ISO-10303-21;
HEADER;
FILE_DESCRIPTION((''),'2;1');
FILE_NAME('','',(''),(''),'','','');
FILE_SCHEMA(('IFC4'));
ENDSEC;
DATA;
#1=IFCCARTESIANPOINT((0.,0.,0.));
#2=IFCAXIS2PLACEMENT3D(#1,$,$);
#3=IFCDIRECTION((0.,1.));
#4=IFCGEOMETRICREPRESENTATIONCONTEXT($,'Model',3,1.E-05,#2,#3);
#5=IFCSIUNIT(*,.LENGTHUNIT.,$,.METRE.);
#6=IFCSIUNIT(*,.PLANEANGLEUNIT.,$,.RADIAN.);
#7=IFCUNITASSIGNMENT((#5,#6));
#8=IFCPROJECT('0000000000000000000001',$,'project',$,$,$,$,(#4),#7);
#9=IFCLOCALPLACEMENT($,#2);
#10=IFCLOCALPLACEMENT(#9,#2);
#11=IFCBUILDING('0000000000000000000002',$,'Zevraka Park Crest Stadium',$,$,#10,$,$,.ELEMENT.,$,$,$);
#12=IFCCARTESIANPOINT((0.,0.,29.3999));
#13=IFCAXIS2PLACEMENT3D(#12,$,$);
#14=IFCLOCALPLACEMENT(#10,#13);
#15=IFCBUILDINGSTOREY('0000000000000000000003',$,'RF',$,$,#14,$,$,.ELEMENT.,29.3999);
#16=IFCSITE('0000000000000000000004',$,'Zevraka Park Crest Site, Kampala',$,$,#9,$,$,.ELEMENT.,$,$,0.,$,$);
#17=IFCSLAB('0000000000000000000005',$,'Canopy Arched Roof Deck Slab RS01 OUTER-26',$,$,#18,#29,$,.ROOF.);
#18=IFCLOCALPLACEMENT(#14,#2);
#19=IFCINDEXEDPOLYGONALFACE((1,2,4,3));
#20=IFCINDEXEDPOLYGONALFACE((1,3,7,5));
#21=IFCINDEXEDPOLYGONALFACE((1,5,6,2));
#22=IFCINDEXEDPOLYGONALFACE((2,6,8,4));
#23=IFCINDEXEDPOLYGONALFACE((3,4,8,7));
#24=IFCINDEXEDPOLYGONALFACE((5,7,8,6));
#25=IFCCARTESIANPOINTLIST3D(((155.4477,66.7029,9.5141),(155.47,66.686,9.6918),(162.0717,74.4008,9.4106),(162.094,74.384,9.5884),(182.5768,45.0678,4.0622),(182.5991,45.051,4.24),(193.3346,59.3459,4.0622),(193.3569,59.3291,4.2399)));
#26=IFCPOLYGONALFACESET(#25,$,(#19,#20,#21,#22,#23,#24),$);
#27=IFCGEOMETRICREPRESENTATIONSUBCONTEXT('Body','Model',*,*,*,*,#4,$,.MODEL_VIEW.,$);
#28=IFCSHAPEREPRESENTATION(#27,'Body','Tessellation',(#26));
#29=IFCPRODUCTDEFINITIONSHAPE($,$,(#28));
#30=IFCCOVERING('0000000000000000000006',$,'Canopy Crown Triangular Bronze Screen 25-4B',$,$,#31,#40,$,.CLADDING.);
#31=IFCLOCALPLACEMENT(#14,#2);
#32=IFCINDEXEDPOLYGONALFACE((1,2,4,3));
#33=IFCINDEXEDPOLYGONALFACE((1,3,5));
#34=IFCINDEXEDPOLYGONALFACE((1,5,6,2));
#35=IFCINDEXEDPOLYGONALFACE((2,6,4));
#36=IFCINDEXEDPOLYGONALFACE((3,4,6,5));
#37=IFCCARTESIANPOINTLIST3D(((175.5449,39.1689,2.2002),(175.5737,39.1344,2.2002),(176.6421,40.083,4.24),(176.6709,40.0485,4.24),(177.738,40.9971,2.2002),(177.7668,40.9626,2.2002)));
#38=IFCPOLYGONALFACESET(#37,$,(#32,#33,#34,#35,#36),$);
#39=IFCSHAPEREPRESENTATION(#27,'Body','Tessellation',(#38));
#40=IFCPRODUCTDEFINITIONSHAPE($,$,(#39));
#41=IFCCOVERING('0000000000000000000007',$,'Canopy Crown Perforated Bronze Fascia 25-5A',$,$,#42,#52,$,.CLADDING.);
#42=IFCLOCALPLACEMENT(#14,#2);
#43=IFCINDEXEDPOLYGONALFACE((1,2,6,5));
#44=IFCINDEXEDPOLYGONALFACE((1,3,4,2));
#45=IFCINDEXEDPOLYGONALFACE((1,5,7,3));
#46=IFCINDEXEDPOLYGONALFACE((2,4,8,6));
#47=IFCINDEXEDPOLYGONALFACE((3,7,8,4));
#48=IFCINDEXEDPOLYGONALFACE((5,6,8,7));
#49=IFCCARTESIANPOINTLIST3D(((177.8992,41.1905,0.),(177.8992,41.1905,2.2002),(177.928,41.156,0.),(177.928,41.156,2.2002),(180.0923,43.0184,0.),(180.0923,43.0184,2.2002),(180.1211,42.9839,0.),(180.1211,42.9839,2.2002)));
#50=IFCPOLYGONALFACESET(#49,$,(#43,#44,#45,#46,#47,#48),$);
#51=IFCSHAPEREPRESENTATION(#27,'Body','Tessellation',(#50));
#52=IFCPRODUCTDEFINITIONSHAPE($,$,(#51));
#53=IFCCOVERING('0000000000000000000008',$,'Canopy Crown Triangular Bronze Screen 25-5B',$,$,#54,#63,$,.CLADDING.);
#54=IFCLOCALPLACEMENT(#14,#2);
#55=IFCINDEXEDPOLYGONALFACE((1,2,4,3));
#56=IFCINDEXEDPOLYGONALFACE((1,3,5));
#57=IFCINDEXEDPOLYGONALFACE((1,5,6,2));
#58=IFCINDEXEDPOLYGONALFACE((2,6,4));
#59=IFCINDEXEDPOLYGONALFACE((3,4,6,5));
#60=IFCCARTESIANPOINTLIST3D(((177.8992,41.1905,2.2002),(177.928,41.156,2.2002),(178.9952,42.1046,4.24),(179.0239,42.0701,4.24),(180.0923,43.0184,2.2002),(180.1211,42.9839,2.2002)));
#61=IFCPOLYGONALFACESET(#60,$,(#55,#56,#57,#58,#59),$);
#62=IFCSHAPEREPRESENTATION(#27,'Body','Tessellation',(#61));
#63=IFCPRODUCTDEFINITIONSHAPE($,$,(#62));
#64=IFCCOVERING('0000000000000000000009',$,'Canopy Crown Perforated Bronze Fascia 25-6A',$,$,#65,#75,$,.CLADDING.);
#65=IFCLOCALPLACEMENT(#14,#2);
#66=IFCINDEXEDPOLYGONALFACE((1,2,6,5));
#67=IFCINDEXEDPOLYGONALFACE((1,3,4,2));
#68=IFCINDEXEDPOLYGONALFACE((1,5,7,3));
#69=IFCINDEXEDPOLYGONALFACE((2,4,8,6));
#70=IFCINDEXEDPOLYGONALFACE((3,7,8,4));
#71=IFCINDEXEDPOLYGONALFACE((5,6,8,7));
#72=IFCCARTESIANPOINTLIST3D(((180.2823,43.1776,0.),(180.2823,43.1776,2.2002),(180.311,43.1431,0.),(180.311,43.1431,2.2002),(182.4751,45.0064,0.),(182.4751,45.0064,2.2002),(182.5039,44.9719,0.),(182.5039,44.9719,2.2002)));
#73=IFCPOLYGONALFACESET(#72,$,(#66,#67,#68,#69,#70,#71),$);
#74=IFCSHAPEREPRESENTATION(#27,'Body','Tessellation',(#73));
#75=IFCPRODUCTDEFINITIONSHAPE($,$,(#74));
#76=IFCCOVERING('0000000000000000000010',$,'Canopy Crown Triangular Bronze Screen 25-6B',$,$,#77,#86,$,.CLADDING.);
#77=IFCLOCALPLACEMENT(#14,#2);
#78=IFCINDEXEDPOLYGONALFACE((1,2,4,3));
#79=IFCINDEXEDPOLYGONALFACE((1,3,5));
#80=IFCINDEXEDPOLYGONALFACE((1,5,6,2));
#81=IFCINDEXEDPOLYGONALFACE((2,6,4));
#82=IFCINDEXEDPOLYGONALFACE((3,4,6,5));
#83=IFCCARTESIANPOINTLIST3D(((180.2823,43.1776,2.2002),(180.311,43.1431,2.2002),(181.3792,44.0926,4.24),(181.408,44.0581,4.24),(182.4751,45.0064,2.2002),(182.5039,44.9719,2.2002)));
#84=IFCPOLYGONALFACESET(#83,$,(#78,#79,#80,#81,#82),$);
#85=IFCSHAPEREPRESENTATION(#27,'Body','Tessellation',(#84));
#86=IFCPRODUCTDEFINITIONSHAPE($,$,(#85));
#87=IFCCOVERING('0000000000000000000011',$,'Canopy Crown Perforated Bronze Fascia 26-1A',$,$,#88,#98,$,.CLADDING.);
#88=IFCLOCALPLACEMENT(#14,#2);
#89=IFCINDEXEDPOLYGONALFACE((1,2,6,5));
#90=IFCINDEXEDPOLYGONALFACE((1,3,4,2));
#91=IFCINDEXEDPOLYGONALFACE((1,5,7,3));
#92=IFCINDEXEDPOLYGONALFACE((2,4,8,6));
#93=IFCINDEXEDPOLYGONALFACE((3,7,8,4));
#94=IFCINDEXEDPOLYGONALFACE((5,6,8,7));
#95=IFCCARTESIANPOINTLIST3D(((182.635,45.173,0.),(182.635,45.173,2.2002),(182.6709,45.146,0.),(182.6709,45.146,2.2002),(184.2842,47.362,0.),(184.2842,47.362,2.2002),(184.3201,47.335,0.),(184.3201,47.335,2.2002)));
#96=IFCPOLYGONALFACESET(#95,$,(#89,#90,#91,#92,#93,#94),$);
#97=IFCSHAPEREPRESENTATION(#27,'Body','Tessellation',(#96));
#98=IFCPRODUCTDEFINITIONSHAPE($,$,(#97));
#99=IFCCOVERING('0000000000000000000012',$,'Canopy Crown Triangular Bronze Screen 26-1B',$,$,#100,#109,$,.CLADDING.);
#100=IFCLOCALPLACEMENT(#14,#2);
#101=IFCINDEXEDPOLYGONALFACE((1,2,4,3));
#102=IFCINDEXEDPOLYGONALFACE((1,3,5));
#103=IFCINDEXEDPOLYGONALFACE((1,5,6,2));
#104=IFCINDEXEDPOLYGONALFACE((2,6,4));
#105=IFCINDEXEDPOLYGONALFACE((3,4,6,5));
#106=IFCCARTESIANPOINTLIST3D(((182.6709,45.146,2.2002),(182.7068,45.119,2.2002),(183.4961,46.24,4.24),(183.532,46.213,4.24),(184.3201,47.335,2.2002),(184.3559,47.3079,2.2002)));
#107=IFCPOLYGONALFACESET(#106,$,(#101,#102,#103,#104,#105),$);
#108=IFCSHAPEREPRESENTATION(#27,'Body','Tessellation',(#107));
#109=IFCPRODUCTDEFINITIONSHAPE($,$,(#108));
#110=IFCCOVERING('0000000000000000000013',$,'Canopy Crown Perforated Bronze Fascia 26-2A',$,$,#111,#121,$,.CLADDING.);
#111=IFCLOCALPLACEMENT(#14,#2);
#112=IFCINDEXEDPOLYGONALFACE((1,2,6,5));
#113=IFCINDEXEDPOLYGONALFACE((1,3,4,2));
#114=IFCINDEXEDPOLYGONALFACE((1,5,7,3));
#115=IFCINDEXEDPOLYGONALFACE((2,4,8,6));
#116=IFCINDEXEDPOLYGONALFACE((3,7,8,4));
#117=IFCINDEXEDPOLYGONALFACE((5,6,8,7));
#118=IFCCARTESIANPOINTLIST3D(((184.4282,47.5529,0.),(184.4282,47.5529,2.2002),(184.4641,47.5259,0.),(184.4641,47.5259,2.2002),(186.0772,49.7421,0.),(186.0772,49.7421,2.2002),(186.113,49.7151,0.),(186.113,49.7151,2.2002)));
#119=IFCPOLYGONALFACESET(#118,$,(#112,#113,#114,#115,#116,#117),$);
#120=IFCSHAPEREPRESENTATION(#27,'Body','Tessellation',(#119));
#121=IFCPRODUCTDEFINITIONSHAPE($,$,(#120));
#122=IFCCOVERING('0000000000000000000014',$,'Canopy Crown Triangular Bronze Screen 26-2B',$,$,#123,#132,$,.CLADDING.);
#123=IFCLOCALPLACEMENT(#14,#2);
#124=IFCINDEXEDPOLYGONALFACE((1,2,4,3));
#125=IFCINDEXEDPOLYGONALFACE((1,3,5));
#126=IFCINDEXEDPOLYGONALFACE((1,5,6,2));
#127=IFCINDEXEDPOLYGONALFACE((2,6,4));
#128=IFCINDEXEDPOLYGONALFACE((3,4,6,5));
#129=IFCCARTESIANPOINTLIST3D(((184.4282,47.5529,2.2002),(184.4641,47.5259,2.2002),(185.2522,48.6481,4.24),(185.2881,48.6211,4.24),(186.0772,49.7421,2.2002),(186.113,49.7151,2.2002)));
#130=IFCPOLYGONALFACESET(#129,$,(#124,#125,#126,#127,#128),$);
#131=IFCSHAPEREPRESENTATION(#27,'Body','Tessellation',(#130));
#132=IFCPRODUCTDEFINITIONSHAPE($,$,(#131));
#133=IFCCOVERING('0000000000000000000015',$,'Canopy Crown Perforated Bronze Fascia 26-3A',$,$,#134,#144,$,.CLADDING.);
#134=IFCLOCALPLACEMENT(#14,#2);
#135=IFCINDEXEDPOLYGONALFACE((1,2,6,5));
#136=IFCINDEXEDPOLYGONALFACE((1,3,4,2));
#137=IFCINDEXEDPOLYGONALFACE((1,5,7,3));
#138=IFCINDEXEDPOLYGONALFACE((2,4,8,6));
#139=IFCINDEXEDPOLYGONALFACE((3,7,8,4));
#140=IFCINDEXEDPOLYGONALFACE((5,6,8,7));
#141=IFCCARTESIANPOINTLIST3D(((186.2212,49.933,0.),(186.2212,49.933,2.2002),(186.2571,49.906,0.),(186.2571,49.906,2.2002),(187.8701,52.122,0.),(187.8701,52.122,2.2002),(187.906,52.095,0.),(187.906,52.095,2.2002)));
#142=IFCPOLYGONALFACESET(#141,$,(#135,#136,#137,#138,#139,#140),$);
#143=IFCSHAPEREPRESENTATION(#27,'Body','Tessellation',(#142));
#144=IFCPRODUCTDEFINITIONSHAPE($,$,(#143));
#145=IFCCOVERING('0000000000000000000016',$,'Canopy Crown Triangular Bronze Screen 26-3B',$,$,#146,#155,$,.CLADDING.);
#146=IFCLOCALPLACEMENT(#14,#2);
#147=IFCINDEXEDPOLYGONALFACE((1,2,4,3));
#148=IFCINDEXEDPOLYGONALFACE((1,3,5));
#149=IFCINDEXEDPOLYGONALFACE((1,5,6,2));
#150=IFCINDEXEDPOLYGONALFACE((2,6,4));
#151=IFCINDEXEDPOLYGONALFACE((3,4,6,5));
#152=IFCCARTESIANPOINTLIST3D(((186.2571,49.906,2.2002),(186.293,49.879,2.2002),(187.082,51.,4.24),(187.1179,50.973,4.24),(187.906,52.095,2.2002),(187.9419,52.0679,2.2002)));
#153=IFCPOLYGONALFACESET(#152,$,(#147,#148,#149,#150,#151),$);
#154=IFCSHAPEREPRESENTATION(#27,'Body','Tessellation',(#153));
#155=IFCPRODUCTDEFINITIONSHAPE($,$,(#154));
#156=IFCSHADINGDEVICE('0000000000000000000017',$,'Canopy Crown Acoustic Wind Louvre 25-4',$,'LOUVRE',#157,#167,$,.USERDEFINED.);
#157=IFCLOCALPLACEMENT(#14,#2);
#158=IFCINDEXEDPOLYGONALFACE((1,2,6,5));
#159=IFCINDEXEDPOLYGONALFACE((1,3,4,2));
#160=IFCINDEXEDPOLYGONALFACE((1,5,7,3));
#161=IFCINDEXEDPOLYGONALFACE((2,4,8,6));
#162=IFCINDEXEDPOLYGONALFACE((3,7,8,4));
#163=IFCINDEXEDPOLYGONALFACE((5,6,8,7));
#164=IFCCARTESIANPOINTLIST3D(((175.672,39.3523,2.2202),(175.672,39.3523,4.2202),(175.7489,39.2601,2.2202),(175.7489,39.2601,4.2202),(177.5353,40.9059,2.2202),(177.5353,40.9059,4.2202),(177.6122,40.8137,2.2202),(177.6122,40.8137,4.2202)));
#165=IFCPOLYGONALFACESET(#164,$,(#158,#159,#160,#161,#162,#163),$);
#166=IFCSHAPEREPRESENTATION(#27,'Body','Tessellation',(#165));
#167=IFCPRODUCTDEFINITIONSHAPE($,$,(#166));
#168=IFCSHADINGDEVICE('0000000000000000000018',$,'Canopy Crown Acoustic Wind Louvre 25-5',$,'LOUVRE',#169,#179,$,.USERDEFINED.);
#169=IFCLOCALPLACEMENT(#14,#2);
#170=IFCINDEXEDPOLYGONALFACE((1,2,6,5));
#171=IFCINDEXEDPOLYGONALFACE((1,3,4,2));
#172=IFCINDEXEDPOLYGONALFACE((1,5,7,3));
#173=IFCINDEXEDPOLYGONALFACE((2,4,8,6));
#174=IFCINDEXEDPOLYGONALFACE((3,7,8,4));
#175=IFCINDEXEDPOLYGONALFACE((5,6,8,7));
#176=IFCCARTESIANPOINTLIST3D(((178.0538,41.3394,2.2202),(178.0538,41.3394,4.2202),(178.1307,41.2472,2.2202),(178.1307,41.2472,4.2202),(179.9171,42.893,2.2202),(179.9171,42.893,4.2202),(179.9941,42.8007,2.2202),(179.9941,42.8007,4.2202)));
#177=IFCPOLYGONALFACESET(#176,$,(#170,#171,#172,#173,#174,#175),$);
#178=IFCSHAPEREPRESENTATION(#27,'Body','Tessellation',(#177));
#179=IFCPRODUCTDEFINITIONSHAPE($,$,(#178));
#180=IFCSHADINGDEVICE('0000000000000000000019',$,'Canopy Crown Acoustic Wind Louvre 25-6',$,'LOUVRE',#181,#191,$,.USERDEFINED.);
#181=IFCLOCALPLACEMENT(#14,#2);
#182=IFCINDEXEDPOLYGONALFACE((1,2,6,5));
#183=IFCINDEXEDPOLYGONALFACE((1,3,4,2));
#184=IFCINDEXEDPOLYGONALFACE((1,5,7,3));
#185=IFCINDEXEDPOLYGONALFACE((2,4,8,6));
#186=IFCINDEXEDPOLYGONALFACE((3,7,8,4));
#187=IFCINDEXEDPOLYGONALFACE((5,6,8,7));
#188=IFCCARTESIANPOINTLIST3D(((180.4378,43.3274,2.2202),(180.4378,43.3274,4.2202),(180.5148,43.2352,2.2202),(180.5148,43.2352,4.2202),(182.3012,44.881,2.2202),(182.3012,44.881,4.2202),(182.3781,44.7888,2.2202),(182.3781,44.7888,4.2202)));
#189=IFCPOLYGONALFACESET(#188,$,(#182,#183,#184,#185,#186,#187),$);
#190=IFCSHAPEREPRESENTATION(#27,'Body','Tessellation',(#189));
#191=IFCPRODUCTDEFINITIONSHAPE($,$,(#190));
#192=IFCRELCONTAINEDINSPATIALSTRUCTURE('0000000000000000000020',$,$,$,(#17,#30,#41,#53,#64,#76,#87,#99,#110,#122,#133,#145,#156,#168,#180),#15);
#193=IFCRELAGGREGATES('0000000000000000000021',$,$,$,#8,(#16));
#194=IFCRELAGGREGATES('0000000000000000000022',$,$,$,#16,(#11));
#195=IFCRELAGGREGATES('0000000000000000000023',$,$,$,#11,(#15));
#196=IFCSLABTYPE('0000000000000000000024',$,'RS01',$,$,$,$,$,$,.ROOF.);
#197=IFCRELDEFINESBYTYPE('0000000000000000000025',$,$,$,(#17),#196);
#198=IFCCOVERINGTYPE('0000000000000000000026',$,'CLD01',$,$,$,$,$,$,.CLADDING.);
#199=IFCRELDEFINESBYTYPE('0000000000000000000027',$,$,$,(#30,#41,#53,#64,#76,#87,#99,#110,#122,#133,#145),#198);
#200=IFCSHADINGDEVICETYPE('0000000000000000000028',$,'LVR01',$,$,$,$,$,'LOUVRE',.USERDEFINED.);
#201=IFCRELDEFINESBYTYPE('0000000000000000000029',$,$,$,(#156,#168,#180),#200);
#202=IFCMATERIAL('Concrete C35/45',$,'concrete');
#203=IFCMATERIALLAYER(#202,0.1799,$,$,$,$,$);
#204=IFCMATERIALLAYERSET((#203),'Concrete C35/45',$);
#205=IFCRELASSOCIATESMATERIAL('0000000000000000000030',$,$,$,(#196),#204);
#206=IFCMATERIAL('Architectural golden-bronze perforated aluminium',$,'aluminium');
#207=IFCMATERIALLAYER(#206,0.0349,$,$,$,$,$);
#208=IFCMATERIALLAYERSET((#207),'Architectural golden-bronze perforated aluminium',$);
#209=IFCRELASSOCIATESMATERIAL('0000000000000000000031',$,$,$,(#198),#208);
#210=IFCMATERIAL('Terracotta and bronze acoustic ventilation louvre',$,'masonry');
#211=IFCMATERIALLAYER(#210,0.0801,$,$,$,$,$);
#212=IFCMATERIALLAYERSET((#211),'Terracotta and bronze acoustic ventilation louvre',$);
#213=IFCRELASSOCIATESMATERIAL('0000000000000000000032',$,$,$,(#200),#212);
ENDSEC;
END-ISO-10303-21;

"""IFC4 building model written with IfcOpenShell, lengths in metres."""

from ifc_helpers import new_model, si_unit, direction, frame, origin, origin_2d, place, context, subcontext, project, spatial, polyline, rectangle, outline, extrude, material, layer, layer_set, type_object, element, save


model = new_model("IFC4")

# Units and contexts
model_context = context("Model", 3, precision=1e-05, world=origin(), true_north=direction((0.0, 1.0)))
body_context = subcontext(model_context, "Body", "Model", "MODEL_VIEW")
ifc_project = project(units=[si_unit("LENGTHUNIT", "METRE"), si_unit("PLANEANGLEUNIT", "RADIAN")], contexts=[model_context])

# Site, building, storey
site_placement = place(None, origin())
site = spatial("IfcSite", under=ifc_project, at=site_placement, Name="Zevraka Park Crest Site, Kampala", CompositionType="ELEMENT", RefElevation=0.0)
building_placement = place(site_placement, origin())
building = spatial("IfcBuilding", under=site, at=building_placement, Name="Zevraka Park Crest Stadium", CompositionType="ELEMENT")
storey_placement = place(building_placement, frame((0.0, 0.0, 29.3999)))
storey = spatial("IfcBuildingStorey", under=building, at=storey_placement, Name="RF", CompositionType="ELEMENT", Elevation=29.3999)

# Slab
ifc_material_1 = material(Name="Concrete C35/45", Category="concrete")
ifc_layer_1 = layer(ifc_material_1, 0.1799)
ifc_layer_set_1 = layer_set([ifc_layer_1], Name="Concrete C35/45")
slab_type = type_object("IfcSlabType", Name="RS01", PredefinedType="ROOF", material=ifc_layer_set_1)
slab_placement = place(storey_placement, frame((182.5991, 45.051, 4.24), z_axis=(0.124011, -0.093433, 0.987872), x_axis=(0.601762, 0.798676, -0.000003)))
element("IfcSlab", 1, at=slab_placement, inside=storey, type_object=slab_type, Name="Canopy Arched Roof Deck Slab RS01 OUTER-26", PredefinedType="ROOF", context=body_context, shape_type="SweptSolid", body=[
    extrude(outline(polyline([(0.0, 0.0), (17.8772, 0.0), (11.0884, 34.4462), (0.9541, 35.1124), (0.0, 0.0)])), origin(), (0.0, 0.0, -1.0), 0.1799),
])

# Coverings
ifc_material_2 = material(Name="Architectural golden-bronze perforated aluminium", Category="aluminium")
ifc_layer_2 = layer(ifc_material_2, 0.0349)
ifc_layer_set_2 = layer_set([ifc_layer_2], Name="Architectural golden-bronze perforated aluminium")
covering_type_1 = type_object("IfcCoveringType", Name="CLD01", PredefinedType="CLADDING", material=ifc_layer_set_2)
covering_1_placement = place(storey_placement, frame((175.5449, 39.1689, 2.2002), z_axis=(-0.640294, 0.76813, 0.000192), x_axis=(0.76813, 0.640294, 0.0)))
element("IfcCovering", 2, at=covering_1_placement, inside=storey, type_object=covering_type_1, Name="Canopy Crown Triangular Bronze Screen 25-4B", PredefinedType="CLADDING", context=body_context, shape_type="SweptSolid", body=[
    extrude(outline(polyline([(0.0, 0.0), (2.8551, 0.0), (1.428, -2.0398), (0.0, 0.0)])), origin(), (0.0, 0.0, -1.0), 0.0449),
])
covering_2_placement = place(storey_placement, frame((177.928, 41.156, 0.0), z_axis=(0.640243, -0.768172, 0.0), x_axis=(0.768172, 0.640243, 0.0)))
element("IfcCovering", 3, at=covering_2_placement, inside=storey, type_object=covering_type_1, Name="Canopy Crown Perforated Bronze Fascia 25-5A", PredefinedType="CLADDING", context=body_context, shape_type="SweptSolid", body=[
    extrude(outline(polyline([(0.0, 0.0), (2.855, 0.0), (2.855, 2.2002), (0.0, 2.2002), (0.0, 0.0)])), origin(), (0.0, 0.0, -1.0), 0.0449),
])
covering_3_placement = place(storey_placement, frame((177.928, 41.156, 2.2002), z_axis=(0.640243, -0.768172, 0.000238), x_axis=(0.768172, 0.640243, 0.0)))
element("IfcCovering", 4, at=covering_3_placement, inside=storey, type_object=covering_type_1, Name="Canopy Crown Triangular Bronze Screen 25-5B", PredefinedType="CLADDING", context=body_context, shape_type="SweptSolid", body=[
    extrude(outline(polyline([(0.0, 0.0), (2.855, 0.0), (1.4271, 2.0398), (0.0, 0.0)])), origin(), (0.0, 0.0, -1.0), 0.0449),
])
covering_4_placement = place(storey_placement, frame((180.311, 43.1431, 0.0), z_axis=(0.640487, -0.767969, 0.0), x_axis=(0.767969, 0.640487, 0.0)))
element("IfcCovering", 5, at=covering_4_placement, inside=storey, type_object=covering_type_1, Name="Canopy Crown Perforated Bronze Fascia 25-6A", PredefinedType="CLADDING", context=body_context, shape_type="SweptSolid", body=[
    extrude(outline(polyline([(0.0, 0.0), (2.8554, 0.0), (2.8554, 2.2002), (0.0, 2.2002), (0.0, 0.0)])), origin(), (0.0, 0.0, -1.0), 0.0449),
])
covering_5_placement = place(storey_placement, frame((180.311, 43.1431, 2.2002), z_axis=(0.640487, -0.767969, 0.000076), x_axis=(0.767969, 0.640487, 0.0)))
element("IfcCovering", 6, at=covering_5_placement, inside=storey, type_object=covering_type_1, Name="Canopy Crown Triangular Bronze Screen 25-6B", PredefinedType="CLADDING", context=body_context, shape_type="SweptSolid", body=[
    extrude(outline(polyline([(0.0, 0.0), (2.8554, 0.0), (1.4285, 2.0398), (0.0, 0.0)])), origin(), (0.0, 0.0, -1.0), 0.0449),
])
covering_6_placement = place(storey_placement, frame((182.6709, 45.146, 0.0), z_axis=(0.798694, -0.601737, 0.0), x_axis=(0.601737, 0.798694, 0.0)))
element("IfcCovering", 7, at=covering_6_placement, inside=storey, type_object=covering_type_1, Name="Canopy Crown Perforated Bronze Fascia 26-1A", PredefinedType="CLADDING", context=body_context, shape_type="SweptSolid", body=[
    extrude(outline(polyline([(0.0, 0.0), (2.7407, 0.0), (2.7407, 2.2002), (0.0, 2.2002), (0.0, 0.0)])), origin(), (0.0, 0.0, -1.0), 0.0449),
])
covering_7_placement = place(storey_placement, frame((182.6709, 45.146, 2.2002), z_axis=(-0.798694, 0.601737, 0.000383), x_axis=(0.601737, 0.798694, 0.0)))
element("IfcCovering", 8, at=covering_7_placement, inside=storey, type_object=covering_type_1, Name="Canopy Crown Triangular Bronze Screen 26-1B", PredefinedType="CLADDING", context=body_context, shape_type="SweptSolid", body=[
    extrude(outline(polyline([(0.0, 0.0), (2.7407, 0.0), (1.3703, -2.0398), (0.0, 0.0)])), origin(), (0.0, 0.0, -1.0), 0.0449),
])
covering_8_placement = place(storey_placement, frame((184.4641, 47.5259, 0.0), z_axis=(0.798769, -0.601638, 0.0), x_axis=(0.601638, 0.798769, 0.0)))
element("IfcCovering", 9, at=covering_8_placement, inside=storey, type_object=covering_type_1, Name="Canopy Crown Perforated Bronze Fascia 26-2A", PredefinedType="CLADDING", context=body_context, shape_type="SweptSolid", body=[
    extrude(outline(polyline([(0.0, 0.0), (2.7407, 0.0), (2.7407, 2.2002), (0.0, 2.2002), (0.0, 0.0)])), origin(), (0.0, 0.0, -1.0), 0.0449),
])
covering_9_placement = place(storey_placement, frame((184.4641, 47.5259, 2.2002), z_axis=(0.798769, -0.601638, 0.000371), x_axis=(0.601638, 0.798769, 0.0)))
element("IfcCovering", 10, at=covering_9_placement, inside=storey, type_object=covering_type_1, Name="Canopy Crown Triangular Bronze Screen 26-2B", PredefinedType="CLADDING", context=body_context, shape_type="SweptSolid", body=[
    extrude(outline(polyline([(0.0, 0.0), (2.7407, 0.0), (1.3706, 2.0398), (0.0, 0.0)])), origin(), (0.0, 0.0, -1.0), 0.0449),
])
covering_10_placement = place(storey_placement, frame((186.2571, 49.906, 0.0), z_axis=(0.798737, -0.601681, 0.0), x_axis=(0.601681, 0.798737, 0.0)))
element("IfcCovering", 11, at=covering_10_placement, inside=storey, type_object=covering_type_1, Name="Canopy Crown Perforated Bronze Fascia 26-3A", PredefinedType="CLADDING", context=body_context, shape_type="SweptSolid", body=[
    extrude(outline(polyline([(0.0, 0.0), (2.7405, 0.0), (2.7405, 2.2002), (0.0, 2.2002), (0.0, 0.0)])), origin(), (0.0, 0.0, -1.0), 0.0449),
])
covering_11_placement = place(storey_placement, frame((186.2571, 49.906, 2.2002), z_axis=(-0.798737, 0.601681, 0.000335), x_axis=(0.601681, 0.798737, 0.0)))
element("IfcCovering", 12, at=covering_11_placement, inside=storey, type_object=covering_type_1, Name="Canopy Crown Triangular Bronze Screen 26-3B", PredefinedType="CLADDING", context=body_context, shape_type="SweptSolid", body=[
    extrude(outline(polyline([(0.0, 0.0), (2.7405, 0.0), (1.3702, -2.0398), (0.0, 0.0)])), origin(), (0.0, 0.0, -1.0), 0.0449),
])

# Shading devices
ifc_material_3 = material(Name="Terracotta and bronze acoustic ventilation louvre", Category="masonry")
ifc_layer_3 = layer(ifc_material_3, 0.0801)
ifc_layer_set_3 = layer_set([ifc_layer_3], Name="Terracotta and bronze acoustic ventilation louvre")
shading_device_type = type_object("IfcShadingDeviceType", Name="LVR01", ElementType="LOUVRE", PredefinedType="USERDEFINED", material=ifc_layer_set_3)
for number, where, z_axis, x_axis, name in (
    (13, (176.6421, 40.083, 2.2202), (0.0, 0.0, 1.0), (0.76806, 0.640378, 0.0), "Canopy Crown Acoustic Wind Louvre 25-4"),
    (14, (179.0239, 42.0701, 2.2202), (0.0, 0.0, 1.0), (0.76806, 0.640378, 0.0), "Canopy Crown Acoustic Wind Louvre 25-5"),
    (15, (181.408, 44.0581, 2.2202), (0.0, 0.0, 1.0), (0.76806, 0.640378, 0.0), "Canopy Crown Acoustic Wind Louvre 25-6"),
):
    element("IfcShadingDevice", number, at=place(storey_placement, frame(where, z_axis=z_axis, x_axis=x_axis)), inside=storey, type_object=shading_device_type, Name=name, ObjectType="LOUVRE", PredefinedType="USERDEFINED", context=body_context, shape_type="SweptSolid", body=[
        extrude(rectangle(XDim=2.426, YDim=0.1201, at=origin_2d()), origin(), (0.0, 0.0, 1.0), 2.0),
    ])

save(model, "model.ifc")
